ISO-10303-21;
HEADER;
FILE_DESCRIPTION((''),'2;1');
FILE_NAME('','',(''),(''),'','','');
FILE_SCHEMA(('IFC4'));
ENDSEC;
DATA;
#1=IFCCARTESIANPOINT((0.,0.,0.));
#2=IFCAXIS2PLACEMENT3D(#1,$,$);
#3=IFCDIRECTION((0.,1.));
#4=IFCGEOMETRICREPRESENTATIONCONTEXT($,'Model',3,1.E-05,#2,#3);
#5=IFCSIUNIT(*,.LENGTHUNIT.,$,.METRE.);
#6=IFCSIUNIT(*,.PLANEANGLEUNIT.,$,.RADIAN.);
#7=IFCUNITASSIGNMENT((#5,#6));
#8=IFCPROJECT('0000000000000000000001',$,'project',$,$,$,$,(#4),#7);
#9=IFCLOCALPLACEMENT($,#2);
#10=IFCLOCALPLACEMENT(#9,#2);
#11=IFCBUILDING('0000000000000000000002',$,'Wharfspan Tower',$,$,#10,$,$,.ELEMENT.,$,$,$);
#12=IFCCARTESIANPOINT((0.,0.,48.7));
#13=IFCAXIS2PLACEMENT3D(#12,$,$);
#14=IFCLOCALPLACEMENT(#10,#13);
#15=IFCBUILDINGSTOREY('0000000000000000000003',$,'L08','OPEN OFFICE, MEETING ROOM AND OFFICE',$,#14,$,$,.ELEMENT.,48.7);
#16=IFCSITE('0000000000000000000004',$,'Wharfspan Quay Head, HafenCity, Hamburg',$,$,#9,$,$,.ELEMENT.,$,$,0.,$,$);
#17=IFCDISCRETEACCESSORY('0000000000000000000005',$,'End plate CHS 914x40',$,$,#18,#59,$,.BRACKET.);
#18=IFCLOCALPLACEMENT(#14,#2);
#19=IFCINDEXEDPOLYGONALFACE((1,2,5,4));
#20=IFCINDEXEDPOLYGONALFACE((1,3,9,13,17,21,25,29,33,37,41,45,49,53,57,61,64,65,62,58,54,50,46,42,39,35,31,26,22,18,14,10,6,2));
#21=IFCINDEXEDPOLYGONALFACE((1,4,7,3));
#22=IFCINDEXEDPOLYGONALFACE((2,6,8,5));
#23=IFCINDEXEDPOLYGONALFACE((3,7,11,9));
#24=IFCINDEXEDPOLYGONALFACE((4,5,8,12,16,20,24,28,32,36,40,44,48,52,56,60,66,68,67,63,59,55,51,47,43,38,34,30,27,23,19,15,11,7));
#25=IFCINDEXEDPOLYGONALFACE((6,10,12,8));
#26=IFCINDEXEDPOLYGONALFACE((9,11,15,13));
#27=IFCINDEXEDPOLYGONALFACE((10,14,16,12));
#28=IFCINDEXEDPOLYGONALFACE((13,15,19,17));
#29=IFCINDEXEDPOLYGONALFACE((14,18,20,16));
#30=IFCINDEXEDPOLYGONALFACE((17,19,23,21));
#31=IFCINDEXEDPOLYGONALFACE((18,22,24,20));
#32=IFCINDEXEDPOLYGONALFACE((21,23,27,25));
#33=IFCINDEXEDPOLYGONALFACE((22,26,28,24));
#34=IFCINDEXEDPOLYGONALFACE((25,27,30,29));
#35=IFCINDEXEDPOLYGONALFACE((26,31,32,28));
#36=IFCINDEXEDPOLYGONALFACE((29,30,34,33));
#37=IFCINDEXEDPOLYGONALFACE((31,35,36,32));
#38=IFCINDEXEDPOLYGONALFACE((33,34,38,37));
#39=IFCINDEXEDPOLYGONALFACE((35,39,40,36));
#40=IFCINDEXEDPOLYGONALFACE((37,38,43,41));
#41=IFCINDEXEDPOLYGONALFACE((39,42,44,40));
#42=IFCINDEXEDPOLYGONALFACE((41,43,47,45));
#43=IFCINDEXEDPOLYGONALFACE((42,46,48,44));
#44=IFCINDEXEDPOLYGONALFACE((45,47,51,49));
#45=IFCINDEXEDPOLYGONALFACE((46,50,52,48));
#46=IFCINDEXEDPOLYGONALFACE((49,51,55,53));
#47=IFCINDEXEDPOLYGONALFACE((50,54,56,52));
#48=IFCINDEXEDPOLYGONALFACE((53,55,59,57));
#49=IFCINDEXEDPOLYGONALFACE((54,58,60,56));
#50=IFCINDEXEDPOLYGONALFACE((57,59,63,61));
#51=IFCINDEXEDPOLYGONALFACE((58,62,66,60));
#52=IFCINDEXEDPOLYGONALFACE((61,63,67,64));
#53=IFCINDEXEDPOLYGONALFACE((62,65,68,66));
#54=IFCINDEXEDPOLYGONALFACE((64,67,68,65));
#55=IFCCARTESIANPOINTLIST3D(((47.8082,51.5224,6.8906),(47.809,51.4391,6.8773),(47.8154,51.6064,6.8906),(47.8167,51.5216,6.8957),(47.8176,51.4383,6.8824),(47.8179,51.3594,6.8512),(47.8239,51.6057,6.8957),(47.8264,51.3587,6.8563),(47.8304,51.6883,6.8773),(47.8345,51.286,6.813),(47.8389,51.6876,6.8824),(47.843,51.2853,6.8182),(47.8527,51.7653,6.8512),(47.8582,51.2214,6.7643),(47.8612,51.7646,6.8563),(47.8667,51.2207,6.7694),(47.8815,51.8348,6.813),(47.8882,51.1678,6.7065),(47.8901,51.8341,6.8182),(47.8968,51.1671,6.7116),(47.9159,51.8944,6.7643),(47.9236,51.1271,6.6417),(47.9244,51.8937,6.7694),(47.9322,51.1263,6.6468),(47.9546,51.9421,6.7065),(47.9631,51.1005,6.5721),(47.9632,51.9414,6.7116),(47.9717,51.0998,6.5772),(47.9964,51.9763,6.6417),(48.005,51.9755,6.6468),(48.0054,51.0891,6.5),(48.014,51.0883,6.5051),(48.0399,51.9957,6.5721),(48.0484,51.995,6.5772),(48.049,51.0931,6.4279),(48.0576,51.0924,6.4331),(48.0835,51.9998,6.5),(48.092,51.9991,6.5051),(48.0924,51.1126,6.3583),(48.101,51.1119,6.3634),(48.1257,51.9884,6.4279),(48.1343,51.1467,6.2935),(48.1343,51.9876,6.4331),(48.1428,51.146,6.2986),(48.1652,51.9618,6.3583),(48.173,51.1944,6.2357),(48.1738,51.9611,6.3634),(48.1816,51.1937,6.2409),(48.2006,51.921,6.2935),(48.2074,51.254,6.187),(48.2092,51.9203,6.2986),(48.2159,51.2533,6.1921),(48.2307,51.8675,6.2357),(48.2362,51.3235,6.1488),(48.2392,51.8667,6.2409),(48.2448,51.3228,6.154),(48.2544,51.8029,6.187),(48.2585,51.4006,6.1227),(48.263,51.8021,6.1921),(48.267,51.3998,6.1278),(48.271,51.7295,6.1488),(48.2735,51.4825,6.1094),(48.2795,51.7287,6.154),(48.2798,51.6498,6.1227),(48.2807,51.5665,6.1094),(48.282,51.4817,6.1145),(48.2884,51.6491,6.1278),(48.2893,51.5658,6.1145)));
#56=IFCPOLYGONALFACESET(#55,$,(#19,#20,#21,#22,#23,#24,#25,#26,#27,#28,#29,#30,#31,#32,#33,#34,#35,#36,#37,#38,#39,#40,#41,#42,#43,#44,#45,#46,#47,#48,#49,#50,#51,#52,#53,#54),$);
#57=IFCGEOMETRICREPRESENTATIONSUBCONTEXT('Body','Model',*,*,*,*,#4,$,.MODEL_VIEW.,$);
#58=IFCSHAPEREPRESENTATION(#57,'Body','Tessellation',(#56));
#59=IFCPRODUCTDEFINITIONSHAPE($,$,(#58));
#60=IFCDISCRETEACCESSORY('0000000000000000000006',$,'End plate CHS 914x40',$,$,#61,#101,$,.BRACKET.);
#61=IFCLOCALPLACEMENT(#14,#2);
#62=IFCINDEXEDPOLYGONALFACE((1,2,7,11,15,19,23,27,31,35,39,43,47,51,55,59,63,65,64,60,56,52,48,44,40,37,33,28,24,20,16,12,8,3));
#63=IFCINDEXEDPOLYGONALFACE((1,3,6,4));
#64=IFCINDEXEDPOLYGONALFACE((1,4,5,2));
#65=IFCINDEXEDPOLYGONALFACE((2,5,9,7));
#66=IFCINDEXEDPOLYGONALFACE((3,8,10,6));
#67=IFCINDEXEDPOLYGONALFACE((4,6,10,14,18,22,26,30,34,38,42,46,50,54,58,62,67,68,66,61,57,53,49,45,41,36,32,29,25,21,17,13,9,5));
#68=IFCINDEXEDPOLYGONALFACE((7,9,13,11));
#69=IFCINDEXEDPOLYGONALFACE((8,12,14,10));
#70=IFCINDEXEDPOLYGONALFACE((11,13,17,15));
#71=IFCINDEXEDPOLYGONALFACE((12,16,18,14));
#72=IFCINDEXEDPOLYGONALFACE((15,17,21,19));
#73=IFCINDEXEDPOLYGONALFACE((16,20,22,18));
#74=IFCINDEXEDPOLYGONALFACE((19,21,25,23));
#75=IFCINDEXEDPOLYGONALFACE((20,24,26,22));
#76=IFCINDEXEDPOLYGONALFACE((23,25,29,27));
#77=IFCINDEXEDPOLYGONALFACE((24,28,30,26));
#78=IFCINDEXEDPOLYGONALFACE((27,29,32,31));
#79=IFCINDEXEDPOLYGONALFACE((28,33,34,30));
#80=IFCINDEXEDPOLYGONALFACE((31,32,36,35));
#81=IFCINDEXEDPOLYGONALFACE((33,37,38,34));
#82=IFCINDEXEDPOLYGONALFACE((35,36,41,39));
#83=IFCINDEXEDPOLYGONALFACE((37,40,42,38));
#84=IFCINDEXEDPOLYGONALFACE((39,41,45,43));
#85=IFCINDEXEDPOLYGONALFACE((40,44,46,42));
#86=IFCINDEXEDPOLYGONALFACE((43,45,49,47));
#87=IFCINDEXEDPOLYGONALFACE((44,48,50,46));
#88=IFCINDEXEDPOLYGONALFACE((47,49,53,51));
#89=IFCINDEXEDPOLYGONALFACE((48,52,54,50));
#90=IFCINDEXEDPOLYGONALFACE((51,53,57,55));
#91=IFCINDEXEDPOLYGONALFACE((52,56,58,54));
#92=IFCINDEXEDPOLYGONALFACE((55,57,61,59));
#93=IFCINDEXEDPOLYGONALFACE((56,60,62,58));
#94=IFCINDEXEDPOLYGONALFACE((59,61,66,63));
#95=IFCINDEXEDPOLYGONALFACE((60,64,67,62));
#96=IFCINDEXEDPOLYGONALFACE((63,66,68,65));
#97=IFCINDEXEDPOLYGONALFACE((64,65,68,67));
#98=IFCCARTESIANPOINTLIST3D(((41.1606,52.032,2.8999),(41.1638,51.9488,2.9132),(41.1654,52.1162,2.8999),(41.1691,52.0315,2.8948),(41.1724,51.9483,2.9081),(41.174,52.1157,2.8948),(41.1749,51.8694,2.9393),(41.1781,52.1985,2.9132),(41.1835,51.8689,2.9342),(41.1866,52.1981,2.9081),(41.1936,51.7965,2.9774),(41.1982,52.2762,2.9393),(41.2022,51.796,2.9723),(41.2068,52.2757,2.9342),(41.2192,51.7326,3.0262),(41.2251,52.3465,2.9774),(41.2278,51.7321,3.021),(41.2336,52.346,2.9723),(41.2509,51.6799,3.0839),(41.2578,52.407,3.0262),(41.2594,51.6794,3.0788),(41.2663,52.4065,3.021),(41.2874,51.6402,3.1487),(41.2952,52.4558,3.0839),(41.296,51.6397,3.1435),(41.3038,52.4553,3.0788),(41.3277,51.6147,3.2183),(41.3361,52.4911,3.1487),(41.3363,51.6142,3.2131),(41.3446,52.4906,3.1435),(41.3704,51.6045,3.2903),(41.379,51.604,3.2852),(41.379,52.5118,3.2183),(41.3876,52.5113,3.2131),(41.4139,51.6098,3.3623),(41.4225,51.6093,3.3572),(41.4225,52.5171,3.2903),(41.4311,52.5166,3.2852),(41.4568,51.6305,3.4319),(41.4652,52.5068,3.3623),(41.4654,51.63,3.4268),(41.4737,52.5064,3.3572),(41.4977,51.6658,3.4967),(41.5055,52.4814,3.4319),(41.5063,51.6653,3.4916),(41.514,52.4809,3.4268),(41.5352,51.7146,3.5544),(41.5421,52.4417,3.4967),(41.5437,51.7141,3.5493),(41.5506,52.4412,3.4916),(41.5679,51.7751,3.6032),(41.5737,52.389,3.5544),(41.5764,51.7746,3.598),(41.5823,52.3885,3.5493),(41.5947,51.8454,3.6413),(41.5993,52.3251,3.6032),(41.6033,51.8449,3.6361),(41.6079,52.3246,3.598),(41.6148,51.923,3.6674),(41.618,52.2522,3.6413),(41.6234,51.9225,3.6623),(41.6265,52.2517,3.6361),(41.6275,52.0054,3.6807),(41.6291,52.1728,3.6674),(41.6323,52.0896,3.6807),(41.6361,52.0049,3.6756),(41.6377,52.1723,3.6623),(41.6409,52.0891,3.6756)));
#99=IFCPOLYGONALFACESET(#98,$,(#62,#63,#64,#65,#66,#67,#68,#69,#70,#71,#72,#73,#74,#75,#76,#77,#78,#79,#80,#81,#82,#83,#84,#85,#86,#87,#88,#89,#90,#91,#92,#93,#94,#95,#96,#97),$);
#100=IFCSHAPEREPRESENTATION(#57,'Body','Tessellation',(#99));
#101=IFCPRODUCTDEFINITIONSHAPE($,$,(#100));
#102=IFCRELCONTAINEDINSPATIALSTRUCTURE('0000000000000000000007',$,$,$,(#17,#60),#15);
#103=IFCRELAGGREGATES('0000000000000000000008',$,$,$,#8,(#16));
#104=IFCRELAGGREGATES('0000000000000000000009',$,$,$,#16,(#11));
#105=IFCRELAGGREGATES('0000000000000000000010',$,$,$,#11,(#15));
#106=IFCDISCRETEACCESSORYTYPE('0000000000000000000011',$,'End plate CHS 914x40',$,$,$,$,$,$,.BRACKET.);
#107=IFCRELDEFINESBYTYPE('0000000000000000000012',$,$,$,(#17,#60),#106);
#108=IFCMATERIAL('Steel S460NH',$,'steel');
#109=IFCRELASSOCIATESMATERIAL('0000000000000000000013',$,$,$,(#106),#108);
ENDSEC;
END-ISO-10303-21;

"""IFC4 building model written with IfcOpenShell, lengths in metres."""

from ifc_helpers import new_model, si_unit, direction, frame, origin, origin_2d, place, context, subcontext, project, spatial, circle, extrude, material, material_profile, profile_set, type_object, element, save


model = new_model("IFC4")

# Units and contexts
model_context = context("Model", 3, precision=1e-05, world=origin(), true_north=direction((0.0, 1.0)))
body_context = subcontext(model_context, "Body", "Model", "MODEL_VIEW")
ifc_project = project(units=[si_unit("LENGTHUNIT", "METRE"), si_unit("PLANEANGLEUNIT", "RADIAN")], contexts=[model_context])

# Site, building, storey
site_placement = place(None, origin())
site = spatial("IfcSite", under=ifc_project, at=site_placement, Name="Wharfspan Quay Head, HafenCity, Hamburg", CompositionType="ELEMENT", RefElevation=0.0)
building_placement = place(site_placement, origin())
building = spatial("IfcBuilding", under=site, at=building_placement, Name="Wharfspan Tower", CompositionType="ELEMENT")
storey_placement = place(building_placement, frame((0.0, 0.0, 48.7)))
storey = spatial("IfcBuildingStorey", under=building, at=storey_placement, Name="L08", Description="OPEN OFFICE, MEETING ROOM AND OFFICE", CompositionType="ELEMENT", Elevation=48.7)

# Shared definitions
ifc_material_1 = material(Name="Steel S460NH", Category="steel")

# Discrete accessories
ifc_material_profile_1 = material_profile(ifc_material_1, circle(Radius=0.457, at=origin_2d()))
ifc_profile_set_1 = profile_set([ifc_material_profile_1], Name="Steel S460NH")
discrete_accessory_type = type_object("IfcDiscreteAccessoryType", Name="End plate CHS 914x40", PredefinedType="BRACKET", material=ifc_profile_set_1)
for number, where, z_axis, x_axis, name in (
    (1, (48.0444, 51.5444, 6.5), (0.855186, -0.073302, 0.513112), (0.085402, 0.996345, -0.000001), "End plate CHS 914x40"),
    (2, (41.405, 52.0603, 3.2852), (-0.856465, 0.048941, 0.513879), (-0.05705, -0.998372, 0.0), "End plate CHS 914x40"),
):
    element("IfcDiscreteAccessory", number, at=place(storey_placement, frame(where, z_axis=z_axis, x_axis=x_axis)), inside=storey, type_object=discrete_accessory_type, Name=name, PredefinedType="BRACKET", context=body_context, shape_type="SweptSolid", body=[
        extrude(circle(Radius=0.457, at=origin_2d()), origin(), (0.0, 0.0, 1.0), 0.01),
    ])

save(model, "model.ifc")
